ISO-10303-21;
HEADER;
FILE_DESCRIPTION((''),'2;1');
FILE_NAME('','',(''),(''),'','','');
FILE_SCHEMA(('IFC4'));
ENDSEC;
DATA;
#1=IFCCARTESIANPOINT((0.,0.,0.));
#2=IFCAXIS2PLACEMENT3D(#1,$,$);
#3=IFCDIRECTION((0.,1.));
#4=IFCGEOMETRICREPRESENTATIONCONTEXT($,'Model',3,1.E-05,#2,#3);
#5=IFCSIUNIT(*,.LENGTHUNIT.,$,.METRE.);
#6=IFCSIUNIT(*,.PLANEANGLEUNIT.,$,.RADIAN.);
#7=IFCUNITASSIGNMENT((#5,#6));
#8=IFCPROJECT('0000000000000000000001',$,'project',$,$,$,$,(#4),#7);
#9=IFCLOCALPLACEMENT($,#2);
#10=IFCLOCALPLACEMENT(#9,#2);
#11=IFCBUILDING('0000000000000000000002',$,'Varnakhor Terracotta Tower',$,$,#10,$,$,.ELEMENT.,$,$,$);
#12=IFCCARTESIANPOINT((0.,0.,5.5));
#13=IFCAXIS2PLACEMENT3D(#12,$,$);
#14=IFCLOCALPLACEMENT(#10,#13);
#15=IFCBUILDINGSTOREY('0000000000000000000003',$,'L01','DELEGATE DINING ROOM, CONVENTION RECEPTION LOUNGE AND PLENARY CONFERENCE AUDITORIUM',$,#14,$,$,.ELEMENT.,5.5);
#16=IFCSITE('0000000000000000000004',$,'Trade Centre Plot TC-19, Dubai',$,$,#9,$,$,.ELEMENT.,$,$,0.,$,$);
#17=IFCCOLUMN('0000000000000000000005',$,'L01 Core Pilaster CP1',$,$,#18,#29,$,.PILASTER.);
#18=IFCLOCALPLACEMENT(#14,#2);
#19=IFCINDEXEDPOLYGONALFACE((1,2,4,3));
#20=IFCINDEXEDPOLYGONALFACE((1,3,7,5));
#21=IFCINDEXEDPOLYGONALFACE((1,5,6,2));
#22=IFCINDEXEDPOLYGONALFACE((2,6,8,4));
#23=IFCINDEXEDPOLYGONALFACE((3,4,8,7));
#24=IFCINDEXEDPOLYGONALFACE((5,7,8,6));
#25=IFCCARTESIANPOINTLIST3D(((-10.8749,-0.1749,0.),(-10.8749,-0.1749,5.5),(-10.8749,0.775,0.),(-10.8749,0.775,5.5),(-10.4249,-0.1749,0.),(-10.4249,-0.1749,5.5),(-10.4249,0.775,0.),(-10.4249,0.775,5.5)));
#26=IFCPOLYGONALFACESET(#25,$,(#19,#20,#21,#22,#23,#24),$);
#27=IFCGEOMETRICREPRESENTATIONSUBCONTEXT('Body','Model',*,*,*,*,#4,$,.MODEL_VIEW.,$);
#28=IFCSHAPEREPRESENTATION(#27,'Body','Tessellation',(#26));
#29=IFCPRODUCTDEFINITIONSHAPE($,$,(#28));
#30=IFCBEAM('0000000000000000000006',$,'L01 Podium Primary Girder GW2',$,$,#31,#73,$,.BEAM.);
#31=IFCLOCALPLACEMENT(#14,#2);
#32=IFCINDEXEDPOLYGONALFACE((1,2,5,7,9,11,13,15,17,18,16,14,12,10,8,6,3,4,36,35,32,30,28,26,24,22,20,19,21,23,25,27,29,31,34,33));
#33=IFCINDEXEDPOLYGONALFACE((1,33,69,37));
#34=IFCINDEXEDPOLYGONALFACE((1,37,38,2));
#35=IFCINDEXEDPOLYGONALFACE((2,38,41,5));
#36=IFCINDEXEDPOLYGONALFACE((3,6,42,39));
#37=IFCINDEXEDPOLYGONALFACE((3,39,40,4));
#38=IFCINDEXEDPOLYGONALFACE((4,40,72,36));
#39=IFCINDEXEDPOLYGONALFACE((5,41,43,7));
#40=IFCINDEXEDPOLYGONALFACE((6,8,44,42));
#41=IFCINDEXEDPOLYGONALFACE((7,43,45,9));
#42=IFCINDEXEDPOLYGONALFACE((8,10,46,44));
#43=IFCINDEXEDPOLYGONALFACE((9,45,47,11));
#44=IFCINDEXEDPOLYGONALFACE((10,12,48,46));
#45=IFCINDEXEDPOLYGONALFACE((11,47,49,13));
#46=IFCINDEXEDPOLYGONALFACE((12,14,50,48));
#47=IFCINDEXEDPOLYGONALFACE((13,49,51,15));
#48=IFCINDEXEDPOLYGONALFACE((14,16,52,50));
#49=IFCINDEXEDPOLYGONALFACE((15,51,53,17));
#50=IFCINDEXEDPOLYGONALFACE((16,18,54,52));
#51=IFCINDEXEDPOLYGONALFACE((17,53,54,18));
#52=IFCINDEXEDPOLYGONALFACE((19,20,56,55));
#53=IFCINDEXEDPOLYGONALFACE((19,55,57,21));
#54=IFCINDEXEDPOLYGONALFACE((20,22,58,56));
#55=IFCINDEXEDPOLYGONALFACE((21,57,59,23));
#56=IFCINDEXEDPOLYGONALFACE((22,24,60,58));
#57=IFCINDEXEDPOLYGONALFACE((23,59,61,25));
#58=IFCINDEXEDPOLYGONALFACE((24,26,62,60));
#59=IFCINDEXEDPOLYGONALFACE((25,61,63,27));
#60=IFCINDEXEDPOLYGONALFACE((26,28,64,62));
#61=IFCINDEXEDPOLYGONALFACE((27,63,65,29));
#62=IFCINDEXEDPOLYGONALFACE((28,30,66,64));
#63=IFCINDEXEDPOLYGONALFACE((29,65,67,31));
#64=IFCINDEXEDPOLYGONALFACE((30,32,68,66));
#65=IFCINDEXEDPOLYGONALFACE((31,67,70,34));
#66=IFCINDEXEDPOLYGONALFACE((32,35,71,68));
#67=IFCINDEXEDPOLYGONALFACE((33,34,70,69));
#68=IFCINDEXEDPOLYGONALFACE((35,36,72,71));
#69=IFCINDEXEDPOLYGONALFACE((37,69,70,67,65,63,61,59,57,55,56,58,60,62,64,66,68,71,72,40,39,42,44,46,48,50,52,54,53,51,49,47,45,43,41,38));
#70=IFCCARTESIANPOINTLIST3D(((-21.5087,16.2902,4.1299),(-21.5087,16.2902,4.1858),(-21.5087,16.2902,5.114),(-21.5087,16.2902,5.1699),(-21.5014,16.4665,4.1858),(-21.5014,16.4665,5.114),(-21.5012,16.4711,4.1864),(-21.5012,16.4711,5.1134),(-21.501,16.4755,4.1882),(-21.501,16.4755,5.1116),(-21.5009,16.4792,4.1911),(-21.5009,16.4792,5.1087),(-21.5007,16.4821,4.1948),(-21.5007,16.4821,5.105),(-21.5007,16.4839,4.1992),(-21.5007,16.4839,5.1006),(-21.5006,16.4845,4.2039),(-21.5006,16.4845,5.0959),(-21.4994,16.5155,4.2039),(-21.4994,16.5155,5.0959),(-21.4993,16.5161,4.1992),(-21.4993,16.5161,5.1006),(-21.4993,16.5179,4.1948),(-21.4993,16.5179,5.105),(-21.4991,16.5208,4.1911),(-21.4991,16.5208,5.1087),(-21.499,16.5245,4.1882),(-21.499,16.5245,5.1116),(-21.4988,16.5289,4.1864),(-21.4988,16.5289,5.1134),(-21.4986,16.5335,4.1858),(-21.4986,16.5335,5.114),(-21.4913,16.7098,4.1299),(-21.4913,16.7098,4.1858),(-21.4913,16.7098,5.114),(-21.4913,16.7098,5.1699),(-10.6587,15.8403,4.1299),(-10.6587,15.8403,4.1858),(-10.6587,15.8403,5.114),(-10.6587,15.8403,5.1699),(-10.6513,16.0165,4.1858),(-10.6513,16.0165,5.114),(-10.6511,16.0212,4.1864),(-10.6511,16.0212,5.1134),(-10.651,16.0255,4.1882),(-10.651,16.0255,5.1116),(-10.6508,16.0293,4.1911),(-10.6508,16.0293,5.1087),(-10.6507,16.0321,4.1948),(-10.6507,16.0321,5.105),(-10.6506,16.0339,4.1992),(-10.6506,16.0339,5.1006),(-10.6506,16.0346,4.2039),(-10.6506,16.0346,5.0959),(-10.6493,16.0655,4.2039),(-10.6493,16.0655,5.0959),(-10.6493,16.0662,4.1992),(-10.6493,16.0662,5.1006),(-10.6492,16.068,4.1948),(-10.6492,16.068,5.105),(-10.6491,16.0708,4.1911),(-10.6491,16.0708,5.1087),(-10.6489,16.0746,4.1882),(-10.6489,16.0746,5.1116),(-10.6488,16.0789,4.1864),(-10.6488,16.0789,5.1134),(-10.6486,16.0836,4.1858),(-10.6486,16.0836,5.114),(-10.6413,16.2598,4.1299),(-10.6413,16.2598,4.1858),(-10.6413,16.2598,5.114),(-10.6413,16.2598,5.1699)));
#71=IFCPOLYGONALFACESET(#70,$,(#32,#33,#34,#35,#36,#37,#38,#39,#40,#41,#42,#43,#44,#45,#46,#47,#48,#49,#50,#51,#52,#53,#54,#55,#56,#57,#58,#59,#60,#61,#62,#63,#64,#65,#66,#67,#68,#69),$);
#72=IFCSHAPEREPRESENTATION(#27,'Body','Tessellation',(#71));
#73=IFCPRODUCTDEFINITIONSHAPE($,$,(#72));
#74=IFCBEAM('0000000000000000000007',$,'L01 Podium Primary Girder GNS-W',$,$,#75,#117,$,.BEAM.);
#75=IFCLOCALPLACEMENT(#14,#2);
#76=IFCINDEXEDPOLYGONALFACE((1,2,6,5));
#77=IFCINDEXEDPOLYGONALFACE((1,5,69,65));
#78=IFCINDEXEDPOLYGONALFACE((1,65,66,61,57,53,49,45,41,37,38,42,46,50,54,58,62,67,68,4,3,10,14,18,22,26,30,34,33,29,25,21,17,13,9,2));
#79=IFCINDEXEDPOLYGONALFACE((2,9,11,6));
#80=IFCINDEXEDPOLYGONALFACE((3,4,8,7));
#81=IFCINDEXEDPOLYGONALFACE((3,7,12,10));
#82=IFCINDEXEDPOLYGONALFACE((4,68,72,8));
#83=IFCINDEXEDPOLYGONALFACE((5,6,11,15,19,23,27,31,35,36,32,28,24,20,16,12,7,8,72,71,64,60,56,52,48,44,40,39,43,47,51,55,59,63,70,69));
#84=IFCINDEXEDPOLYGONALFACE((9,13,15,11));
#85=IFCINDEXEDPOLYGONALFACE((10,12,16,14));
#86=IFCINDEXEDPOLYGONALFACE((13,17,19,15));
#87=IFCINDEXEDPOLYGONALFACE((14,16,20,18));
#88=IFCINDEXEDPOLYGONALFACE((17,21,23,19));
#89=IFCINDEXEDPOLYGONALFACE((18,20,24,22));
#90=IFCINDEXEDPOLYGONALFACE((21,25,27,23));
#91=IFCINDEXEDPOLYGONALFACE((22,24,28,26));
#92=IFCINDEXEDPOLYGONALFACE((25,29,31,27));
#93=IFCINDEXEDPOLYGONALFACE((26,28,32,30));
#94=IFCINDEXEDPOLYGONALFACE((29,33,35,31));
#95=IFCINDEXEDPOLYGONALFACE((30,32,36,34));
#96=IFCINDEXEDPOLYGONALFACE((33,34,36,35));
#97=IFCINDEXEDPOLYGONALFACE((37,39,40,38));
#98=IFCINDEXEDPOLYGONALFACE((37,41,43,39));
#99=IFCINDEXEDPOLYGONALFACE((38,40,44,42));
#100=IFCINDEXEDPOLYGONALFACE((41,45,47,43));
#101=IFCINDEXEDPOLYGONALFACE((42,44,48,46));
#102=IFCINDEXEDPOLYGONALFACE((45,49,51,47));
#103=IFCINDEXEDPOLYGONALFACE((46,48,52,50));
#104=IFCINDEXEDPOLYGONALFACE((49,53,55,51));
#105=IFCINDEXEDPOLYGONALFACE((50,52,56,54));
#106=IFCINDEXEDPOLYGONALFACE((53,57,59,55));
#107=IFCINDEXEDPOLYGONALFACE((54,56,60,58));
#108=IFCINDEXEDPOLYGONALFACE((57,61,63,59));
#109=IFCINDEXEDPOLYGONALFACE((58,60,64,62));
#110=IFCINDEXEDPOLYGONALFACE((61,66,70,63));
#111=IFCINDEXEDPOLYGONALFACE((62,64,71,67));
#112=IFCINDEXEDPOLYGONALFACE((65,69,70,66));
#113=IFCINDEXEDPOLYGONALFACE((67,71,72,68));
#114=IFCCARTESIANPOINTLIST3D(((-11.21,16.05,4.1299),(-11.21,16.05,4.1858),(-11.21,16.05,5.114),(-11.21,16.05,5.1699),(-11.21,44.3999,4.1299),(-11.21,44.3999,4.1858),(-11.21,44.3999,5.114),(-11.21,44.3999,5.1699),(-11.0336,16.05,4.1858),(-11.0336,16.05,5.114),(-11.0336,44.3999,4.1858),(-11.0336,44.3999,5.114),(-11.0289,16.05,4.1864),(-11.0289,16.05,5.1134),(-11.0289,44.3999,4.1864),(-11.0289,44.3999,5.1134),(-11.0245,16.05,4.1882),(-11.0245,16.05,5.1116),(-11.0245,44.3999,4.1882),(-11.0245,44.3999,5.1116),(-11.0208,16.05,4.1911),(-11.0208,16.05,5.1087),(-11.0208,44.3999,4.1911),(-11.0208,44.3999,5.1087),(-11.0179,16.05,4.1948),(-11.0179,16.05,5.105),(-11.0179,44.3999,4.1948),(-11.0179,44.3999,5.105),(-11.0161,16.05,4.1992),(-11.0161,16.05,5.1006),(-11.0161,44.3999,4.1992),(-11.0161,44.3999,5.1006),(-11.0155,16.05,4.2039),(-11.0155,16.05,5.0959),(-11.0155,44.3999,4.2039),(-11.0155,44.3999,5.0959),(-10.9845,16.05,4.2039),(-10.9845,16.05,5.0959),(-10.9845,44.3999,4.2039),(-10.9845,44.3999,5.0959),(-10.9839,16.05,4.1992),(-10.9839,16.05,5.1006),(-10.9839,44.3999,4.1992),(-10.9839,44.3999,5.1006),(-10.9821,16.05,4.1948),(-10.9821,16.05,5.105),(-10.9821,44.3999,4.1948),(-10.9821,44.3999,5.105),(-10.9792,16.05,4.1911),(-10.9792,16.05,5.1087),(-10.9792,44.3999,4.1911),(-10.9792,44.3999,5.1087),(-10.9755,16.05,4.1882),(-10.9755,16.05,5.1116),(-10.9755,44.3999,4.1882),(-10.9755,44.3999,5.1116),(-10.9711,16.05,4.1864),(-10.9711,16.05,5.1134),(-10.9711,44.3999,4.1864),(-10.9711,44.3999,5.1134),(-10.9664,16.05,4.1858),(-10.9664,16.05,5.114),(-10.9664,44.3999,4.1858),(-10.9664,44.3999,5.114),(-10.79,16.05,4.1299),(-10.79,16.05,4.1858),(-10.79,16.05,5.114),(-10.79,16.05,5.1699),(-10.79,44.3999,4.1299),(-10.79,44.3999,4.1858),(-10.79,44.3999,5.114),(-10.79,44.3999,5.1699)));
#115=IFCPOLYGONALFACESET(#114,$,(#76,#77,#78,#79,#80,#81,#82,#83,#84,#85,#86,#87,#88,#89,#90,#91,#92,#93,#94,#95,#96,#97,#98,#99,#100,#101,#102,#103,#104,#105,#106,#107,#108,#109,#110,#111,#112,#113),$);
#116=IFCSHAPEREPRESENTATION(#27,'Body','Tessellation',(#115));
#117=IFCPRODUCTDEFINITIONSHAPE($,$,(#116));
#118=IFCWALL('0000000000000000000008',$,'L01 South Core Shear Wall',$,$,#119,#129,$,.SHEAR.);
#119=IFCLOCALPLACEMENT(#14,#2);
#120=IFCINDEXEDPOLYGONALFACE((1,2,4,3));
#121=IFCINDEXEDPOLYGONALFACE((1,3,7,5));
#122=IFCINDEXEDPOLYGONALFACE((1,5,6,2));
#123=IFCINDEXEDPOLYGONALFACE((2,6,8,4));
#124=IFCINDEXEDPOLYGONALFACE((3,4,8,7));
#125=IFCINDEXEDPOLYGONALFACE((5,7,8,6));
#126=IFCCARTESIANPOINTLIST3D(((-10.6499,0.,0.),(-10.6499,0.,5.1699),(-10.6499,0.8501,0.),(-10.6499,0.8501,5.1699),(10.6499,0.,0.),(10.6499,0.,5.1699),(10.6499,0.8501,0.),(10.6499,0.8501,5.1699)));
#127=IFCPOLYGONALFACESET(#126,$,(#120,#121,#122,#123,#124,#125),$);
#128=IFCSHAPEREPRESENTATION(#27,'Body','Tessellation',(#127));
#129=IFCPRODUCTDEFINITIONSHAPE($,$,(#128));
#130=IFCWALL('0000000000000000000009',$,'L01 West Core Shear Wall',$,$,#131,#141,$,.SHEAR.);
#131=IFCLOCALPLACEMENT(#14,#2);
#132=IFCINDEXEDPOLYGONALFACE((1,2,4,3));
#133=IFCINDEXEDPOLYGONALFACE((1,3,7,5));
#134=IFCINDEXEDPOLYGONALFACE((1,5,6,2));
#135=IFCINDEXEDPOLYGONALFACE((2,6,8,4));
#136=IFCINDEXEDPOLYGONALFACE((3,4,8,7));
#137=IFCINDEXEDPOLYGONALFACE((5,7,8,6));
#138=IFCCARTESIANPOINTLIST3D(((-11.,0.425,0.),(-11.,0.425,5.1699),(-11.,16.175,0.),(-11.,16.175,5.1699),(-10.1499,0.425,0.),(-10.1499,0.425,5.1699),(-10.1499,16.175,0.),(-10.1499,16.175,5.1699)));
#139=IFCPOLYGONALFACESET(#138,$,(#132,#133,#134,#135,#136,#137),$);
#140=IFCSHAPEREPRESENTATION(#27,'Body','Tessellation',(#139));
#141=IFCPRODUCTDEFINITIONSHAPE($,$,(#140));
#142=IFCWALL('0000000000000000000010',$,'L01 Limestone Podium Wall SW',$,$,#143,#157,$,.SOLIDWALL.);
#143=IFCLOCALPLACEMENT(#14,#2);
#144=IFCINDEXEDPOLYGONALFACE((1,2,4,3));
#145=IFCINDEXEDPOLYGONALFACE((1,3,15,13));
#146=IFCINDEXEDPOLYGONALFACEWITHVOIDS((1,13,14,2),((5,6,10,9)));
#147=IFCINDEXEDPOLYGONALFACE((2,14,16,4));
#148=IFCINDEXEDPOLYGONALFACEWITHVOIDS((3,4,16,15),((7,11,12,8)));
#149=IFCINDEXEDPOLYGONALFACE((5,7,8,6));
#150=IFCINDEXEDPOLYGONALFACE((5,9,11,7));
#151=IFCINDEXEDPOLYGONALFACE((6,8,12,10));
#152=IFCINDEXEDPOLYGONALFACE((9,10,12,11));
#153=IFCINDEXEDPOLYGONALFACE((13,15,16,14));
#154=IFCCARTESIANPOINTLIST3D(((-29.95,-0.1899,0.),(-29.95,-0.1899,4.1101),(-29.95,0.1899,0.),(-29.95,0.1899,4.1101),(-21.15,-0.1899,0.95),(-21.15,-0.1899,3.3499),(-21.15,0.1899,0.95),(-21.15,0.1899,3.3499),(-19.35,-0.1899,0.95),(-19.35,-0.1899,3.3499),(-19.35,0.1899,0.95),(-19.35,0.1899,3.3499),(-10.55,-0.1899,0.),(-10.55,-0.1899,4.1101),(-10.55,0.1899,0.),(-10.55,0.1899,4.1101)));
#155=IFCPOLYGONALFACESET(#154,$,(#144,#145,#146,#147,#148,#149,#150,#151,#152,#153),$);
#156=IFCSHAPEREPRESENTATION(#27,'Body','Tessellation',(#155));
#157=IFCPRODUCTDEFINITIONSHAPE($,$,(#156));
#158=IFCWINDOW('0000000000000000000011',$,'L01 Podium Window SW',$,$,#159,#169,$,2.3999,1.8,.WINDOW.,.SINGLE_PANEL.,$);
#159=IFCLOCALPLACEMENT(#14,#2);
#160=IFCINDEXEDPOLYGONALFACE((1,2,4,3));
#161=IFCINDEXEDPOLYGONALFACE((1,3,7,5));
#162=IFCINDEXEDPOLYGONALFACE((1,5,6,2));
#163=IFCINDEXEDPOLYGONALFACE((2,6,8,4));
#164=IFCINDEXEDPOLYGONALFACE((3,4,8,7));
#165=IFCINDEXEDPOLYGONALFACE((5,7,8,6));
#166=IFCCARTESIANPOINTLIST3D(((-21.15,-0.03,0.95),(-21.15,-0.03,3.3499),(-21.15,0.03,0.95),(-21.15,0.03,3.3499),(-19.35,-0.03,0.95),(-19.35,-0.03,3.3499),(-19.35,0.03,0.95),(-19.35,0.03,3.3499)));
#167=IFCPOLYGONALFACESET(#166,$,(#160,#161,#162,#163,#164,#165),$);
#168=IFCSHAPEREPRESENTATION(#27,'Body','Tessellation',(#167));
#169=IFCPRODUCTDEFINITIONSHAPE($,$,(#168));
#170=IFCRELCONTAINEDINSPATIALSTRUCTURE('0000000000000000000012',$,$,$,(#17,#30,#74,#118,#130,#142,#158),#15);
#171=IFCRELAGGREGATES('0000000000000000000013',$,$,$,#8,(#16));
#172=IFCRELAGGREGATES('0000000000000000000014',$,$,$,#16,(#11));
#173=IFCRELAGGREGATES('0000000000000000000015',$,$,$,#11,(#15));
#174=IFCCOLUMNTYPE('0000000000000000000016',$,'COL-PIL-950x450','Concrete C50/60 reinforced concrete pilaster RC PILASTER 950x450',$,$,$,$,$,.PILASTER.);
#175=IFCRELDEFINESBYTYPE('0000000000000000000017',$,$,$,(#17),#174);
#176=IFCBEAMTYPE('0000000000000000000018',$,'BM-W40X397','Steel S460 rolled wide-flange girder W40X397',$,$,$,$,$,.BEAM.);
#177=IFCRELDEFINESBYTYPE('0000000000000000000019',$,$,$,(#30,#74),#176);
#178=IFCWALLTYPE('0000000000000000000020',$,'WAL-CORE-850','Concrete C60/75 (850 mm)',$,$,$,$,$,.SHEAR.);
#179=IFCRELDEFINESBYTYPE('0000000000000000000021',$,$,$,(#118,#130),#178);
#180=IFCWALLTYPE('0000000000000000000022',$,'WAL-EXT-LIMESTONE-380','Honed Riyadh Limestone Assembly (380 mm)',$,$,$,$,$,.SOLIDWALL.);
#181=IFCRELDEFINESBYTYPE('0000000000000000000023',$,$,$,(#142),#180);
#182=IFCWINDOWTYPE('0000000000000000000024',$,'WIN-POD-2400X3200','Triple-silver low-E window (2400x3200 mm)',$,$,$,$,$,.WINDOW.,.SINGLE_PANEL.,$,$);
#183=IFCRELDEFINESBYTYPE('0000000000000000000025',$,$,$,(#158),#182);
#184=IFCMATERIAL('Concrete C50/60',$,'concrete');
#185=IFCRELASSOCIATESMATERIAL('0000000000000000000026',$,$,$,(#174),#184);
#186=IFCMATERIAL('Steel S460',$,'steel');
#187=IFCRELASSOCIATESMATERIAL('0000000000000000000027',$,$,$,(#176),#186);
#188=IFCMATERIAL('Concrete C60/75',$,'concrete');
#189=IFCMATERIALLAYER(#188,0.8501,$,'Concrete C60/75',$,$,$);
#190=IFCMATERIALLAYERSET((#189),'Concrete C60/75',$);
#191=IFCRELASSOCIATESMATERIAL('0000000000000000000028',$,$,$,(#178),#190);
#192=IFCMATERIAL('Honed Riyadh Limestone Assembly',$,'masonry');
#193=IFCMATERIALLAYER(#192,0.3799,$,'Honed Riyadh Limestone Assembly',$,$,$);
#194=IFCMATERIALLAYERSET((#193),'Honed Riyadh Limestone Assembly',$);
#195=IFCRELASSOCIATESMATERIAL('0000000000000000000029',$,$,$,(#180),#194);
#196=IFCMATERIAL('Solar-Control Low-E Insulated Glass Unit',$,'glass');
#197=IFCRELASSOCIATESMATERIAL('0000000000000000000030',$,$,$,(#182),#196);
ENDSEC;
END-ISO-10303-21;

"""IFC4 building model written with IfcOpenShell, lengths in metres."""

from ifc_helpers import new_model, si_unit, direction, frame, frame_2d, origin, origin_2d, place, context, subcontext, project, spatial, rectangle, i_section, extrude, source, transform, mapped, material, layer, layer_set, material_profile, profile_set, type_object, type_shapes, element, fill, save


model = new_model("IFC4")

# Units and contexts
model_context = context("Model", 3, precision=1e-05, world=origin(), true_north=direction((0.0, 1.0)))
body_context = subcontext(model_context, "Body", "Model", "MODEL_VIEW")
ifc_project = project(units=[si_unit("LENGTHUNIT", "METRE"), si_unit("PLANEANGLEUNIT", "RADIAN")], contexts=[model_context])

# Site, building, storey
site_placement = place(None, origin())
site = spatial("IfcSite", under=ifc_project, at=site_placement, Name="Trade Centre Plot TC-19, Dubai", CompositionType="ELEMENT", RefElevation=0.0)
building_placement = place(site_placement, origin())
building = spatial("IfcBuilding", under=site, at=building_placement, Name="Varnakhor Terracotta Tower", CompositionType="ELEMENT")
storey_placement = place(building_placement, frame((0.0, 0.0, 5.5)))
storey = spatial("IfcBuildingStorey", under=building, at=storey_placement, Name="L01", Description="DELEGATE DINING ROOM, CONVENTION RECEPTION LOUNGE AND PLENARY CONFERENCE AUDITORIUM", CompositionType="ELEMENT", Elevation=5.5)

# Column
ifc_material_1 = material(Name="Concrete C50/60", Category="concrete")
ifc_material_profile_1 = material_profile(ifc_material_1, rectangle(XDim=0.45, YDim=0.95, at=origin_2d()), Name="RC PILASTER 950x450")
ifc_profile_set_1 = profile_set([ifc_material_profile_1], Name="Concrete C50/60")
column_type = type_object("IfcColumnType", Name="COL-PIL-950x450", Description="Concrete C50/60 reinforced concrete pilaster RC PILASTER 950x450", PredefinedType="PILASTER", material=ifc_profile_set_1)
shared_shape_1 = source(origin(), body_context, "Body", "SweptSolid", [
    extrude(rectangle(XDim=0.45, YDim=0.95, at=origin_2d()), origin(), (0.0, 0.0, 1.0), 5.5),
])
column_placement = place(storey_placement, frame((-10.6499, 0.3, 0.0), z_axis=(0.0, 0.0, 1.0), x_axis=(1.0, 0.0, 0.0)))
element("IfcColumn", 1, at=column_placement, inside=storey, type_object=column_type, Name="L01 Core Pilaster CP1", PredefinedType="PILASTER", context=body_context, shape_type="MappedRepresentation", body=[
    mapped(shared_shape_1, transform((0.0, 0.0, 0.0), scale=1.0)),
])

# Beams
ifc_material_2 = material(Name="Steel S460", Category="steel")
ifc_material_profile_2 = material_profile(ifc_material_2, i_section(OverallWidth=0.4199, OverallDepth=1.04, WebThickness=0.031, FlangeThickness=0.0559, FilletRadius=0.0181, at=origin_2d()), Name="W40X397")
ifc_profile_set_2 = profile_set([ifc_material_profile_2], Name="Steel S460")
beam_type = type_object("IfcBeamType", Name="BM-W40X397", Description="Steel S460 rolled wide-flange girder W40X397", PredefinedType="BEAM", material=ifc_profile_set_2)
shared_shape_2 = source(origin(), body_context, "Body", "SweptSolid", [
    extrude(i_section(OverallWidth=0.4199, OverallDepth=1.04, WebThickness=0.031, FlangeThickness=0.0559, FilletRadius=0.0181, at=origin_2d()), origin(), (0.0, 0.0, 1.0), 10.8594),
])
beam_1_placement = place(storey_placement, frame((-21.5, 16.5, 4.6499), z_axis=(0.999141, -0.041434, 0.0), x_axis=(0.041434, 0.999141, 0.0)))
element("IfcBeam", 2, at=beam_1_placement, inside=storey, type_object=beam_type, Name="L01 Podium Primary Girder GW2", PredefinedType="BEAM", context=body_context, shape_type="MappedRepresentation", body=[
    mapped(shared_shape_2, transform((0.0, 0.0, 0.0), scale=1.0)),
])
shared_shape_3 = source(origin(), body_context, "Body", "SweptSolid", [
    extrude(i_section(OverallWidth=0.4199, OverallDepth=1.04, WebThickness=0.031, FlangeThickness=0.0559, FilletRadius=0.0181, at=origin_2d()), origin(), (0.0, 0.0, 1.0), 28.3499),
])
beam_2_placement = place(storey_placement, frame((-11.0, 16.05, 4.6499), z_axis=(0.0, 1.0, 0.0), x_axis=(-1.0, 0.0, 0.0)))
element("IfcBeam", 3, at=beam_2_placement, inside=storey, type_object=beam_type, Name="L01 Podium Primary Girder GNS-W", PredefinedType="BEAM", context=body_context, shape_type="MappedRepresentation", body=[
    mapped(shared_shape_3, transform((0.0, 0.0, 0.0), scale=1.0)),
])

# Wall
ifc_material_3 = material(Name="Concrete C60/75", Category="concrete")
ifc_layer_1 = layer(ifc_material_3, 0.8501, Name="Concrete C60/75")
ifc_layer_set_1 = layer_set([ifc_layer_1], Name="Concrete C60/75")
wall_type_1 = type_object("IfcWallType", Name="WAL-CORE-850", Description="Concrete C60/75 (850 mm)", PredefinedType="SHEAR", material=ifc_layer_set_1)
wall_1_placement = place(storey_placement, frame((-10.6499, 0.425, 0.0), z_axis=(0.0, 0.0, 1.0), x_axis=(1.0, 0.0, 0.0)))
element("IfcWall", 4, at=wall_1_placement, inside=storey, type_object=wall_type_1, Name="L01 South Core Shear Wall", PredefinedType="SHEAR", context=body_context, shape_type="SweptSolid", body=[
    extrude(rectangle(XDim=21.2998, YDim=0.8501, at=frame_2d((10.6499, 0.0))), origin(), (0.0, 0.0, 1.0), 5.1699),
])

# Wall
wall_2_placement = place(storey_placement, frame((-10.575, 0.425, 0.0), z_axis=(0.0, 0.0, 1.0), x_axis=(0.0, 1.0, 0.0)))
element("IfcWall", 5, at=wall_2_placement, inside=storey, type_object=wall_type_1, Name="L01 West Core Shear Wall", PredefinedType="SHEAR", context=body_context, shape_type="SweptSolid", body=[
    extrude(rectangle(XDim=15.75, YDim=0.8501, at=frame_2d((7.875, 0.0))), origin(), (0.0, 0.0, 1.0), 5.1699),
])

# Wall, opening, window
ifc_material_4 = material(Name="Honed Riyadh Limestone Assembly", Category="masonry")
ifc_layer_2 = layer(ifc_material_4, 0.3799, Name="Honed Riyadh Limestone Assembly")
ifc_layer_set_2 = layer_set([ifc_layer_2], Name="Honed Riyadh Limestone Assembly")
wall_type_2 = type_object("IfcWallType", Name="WAL-EXT-LIMESTONE-380", Description="Honed Riyadh Limestone Assembly (380 mm)", PredefinedType="SOLIDWALL", material=ifc_layer_set_2)
wall_3_placement = place(storey_placement, frame((-10.55, 0.0, 0.0), z_axis=(0.0, 0.0, 1.0), x_axis=(-1.0, 0.0, 0.0)))
wall_3 = element("IfcWall", 6, at=wall_3_placement, inside=storey, type_object=wall_type_2, Name="L01 Limestone Podium Wall SW", PredefinedType="SOLIDWALL", context=body_context, shape_type="SweptSolid", body=[
    extrude(rectangle(XDim=19.3999, YDim=0.3799, at=frame_2d((9.7, 0.0))), origin(), (0.0, 0.0, 1.0), 4.1101),
])
opening_1_placement = place(wall_3_placement, frame((8.8, 0.0, 0.95)))
opening_1 = element("IfcOpeningElement", 7, at=opening_1_placement, cuts=wall_3, PredefinedType="OPENING", context=body_context, shape_type="SweptSolid", body=[
    extrude(rectangle(XDim=1.8, YDim=2.3999, at=frame_2d((0.8999, 1.2))), frame((0.0, 0.2, 0.0), z_axis=(0.0, -1.0, 0.0), x_axis=(1.0, 0.0, 0.0)), (0.0, 0.0, 1.0), 0.3999),
])
ifc_material_5 = material(Name="Solar-Control Low-E Insulated Glass Unit", Category="glass")
window_type = type_object("IfcWindowType", Name="WIN-POD-2400X3200", Description="Triple-silver low-E window (2400x3200 mm)", PartitioningType="SINGLE_PANEL", PredefinedType="WINDOW", material=ifc_material_5)
shared_shape_4 = source(origin(), body_context, "Body", "SweptSolid", [
    extrude(rectangle(XDim=1.8, YDim=2.3999, at=frame_2d((0.8999, 1.2))), frame((0.0, 0.03, 0.0), z_axis=(0.0, -1.0, 0.0), x_axis=(1.0, 0.0, 0.0)), (0.0, 0.0, 1.0), 0.0601),
])
type_shapes(window_type, [shared_shape_4])
window_placement = place(opening_1_placement, origin())
window = element("IfcWindow", 8, at=window_placement, inside=storey, type_object=window_type, Name="L01 Podium Window SW", OverallHeight=2.3999, OverallWidth=1.8, PartitioningType="SINGLE_PANEL", PredefinedType="WINDOW", context=body_context, shape_type="MappedRepresentation", body=[
    mapped(shared_shape_4, transform((0.0, 0.0, 0.0), scale=1.0)),
])
fill(opening_1, window)

save(model, "model.ifc")
